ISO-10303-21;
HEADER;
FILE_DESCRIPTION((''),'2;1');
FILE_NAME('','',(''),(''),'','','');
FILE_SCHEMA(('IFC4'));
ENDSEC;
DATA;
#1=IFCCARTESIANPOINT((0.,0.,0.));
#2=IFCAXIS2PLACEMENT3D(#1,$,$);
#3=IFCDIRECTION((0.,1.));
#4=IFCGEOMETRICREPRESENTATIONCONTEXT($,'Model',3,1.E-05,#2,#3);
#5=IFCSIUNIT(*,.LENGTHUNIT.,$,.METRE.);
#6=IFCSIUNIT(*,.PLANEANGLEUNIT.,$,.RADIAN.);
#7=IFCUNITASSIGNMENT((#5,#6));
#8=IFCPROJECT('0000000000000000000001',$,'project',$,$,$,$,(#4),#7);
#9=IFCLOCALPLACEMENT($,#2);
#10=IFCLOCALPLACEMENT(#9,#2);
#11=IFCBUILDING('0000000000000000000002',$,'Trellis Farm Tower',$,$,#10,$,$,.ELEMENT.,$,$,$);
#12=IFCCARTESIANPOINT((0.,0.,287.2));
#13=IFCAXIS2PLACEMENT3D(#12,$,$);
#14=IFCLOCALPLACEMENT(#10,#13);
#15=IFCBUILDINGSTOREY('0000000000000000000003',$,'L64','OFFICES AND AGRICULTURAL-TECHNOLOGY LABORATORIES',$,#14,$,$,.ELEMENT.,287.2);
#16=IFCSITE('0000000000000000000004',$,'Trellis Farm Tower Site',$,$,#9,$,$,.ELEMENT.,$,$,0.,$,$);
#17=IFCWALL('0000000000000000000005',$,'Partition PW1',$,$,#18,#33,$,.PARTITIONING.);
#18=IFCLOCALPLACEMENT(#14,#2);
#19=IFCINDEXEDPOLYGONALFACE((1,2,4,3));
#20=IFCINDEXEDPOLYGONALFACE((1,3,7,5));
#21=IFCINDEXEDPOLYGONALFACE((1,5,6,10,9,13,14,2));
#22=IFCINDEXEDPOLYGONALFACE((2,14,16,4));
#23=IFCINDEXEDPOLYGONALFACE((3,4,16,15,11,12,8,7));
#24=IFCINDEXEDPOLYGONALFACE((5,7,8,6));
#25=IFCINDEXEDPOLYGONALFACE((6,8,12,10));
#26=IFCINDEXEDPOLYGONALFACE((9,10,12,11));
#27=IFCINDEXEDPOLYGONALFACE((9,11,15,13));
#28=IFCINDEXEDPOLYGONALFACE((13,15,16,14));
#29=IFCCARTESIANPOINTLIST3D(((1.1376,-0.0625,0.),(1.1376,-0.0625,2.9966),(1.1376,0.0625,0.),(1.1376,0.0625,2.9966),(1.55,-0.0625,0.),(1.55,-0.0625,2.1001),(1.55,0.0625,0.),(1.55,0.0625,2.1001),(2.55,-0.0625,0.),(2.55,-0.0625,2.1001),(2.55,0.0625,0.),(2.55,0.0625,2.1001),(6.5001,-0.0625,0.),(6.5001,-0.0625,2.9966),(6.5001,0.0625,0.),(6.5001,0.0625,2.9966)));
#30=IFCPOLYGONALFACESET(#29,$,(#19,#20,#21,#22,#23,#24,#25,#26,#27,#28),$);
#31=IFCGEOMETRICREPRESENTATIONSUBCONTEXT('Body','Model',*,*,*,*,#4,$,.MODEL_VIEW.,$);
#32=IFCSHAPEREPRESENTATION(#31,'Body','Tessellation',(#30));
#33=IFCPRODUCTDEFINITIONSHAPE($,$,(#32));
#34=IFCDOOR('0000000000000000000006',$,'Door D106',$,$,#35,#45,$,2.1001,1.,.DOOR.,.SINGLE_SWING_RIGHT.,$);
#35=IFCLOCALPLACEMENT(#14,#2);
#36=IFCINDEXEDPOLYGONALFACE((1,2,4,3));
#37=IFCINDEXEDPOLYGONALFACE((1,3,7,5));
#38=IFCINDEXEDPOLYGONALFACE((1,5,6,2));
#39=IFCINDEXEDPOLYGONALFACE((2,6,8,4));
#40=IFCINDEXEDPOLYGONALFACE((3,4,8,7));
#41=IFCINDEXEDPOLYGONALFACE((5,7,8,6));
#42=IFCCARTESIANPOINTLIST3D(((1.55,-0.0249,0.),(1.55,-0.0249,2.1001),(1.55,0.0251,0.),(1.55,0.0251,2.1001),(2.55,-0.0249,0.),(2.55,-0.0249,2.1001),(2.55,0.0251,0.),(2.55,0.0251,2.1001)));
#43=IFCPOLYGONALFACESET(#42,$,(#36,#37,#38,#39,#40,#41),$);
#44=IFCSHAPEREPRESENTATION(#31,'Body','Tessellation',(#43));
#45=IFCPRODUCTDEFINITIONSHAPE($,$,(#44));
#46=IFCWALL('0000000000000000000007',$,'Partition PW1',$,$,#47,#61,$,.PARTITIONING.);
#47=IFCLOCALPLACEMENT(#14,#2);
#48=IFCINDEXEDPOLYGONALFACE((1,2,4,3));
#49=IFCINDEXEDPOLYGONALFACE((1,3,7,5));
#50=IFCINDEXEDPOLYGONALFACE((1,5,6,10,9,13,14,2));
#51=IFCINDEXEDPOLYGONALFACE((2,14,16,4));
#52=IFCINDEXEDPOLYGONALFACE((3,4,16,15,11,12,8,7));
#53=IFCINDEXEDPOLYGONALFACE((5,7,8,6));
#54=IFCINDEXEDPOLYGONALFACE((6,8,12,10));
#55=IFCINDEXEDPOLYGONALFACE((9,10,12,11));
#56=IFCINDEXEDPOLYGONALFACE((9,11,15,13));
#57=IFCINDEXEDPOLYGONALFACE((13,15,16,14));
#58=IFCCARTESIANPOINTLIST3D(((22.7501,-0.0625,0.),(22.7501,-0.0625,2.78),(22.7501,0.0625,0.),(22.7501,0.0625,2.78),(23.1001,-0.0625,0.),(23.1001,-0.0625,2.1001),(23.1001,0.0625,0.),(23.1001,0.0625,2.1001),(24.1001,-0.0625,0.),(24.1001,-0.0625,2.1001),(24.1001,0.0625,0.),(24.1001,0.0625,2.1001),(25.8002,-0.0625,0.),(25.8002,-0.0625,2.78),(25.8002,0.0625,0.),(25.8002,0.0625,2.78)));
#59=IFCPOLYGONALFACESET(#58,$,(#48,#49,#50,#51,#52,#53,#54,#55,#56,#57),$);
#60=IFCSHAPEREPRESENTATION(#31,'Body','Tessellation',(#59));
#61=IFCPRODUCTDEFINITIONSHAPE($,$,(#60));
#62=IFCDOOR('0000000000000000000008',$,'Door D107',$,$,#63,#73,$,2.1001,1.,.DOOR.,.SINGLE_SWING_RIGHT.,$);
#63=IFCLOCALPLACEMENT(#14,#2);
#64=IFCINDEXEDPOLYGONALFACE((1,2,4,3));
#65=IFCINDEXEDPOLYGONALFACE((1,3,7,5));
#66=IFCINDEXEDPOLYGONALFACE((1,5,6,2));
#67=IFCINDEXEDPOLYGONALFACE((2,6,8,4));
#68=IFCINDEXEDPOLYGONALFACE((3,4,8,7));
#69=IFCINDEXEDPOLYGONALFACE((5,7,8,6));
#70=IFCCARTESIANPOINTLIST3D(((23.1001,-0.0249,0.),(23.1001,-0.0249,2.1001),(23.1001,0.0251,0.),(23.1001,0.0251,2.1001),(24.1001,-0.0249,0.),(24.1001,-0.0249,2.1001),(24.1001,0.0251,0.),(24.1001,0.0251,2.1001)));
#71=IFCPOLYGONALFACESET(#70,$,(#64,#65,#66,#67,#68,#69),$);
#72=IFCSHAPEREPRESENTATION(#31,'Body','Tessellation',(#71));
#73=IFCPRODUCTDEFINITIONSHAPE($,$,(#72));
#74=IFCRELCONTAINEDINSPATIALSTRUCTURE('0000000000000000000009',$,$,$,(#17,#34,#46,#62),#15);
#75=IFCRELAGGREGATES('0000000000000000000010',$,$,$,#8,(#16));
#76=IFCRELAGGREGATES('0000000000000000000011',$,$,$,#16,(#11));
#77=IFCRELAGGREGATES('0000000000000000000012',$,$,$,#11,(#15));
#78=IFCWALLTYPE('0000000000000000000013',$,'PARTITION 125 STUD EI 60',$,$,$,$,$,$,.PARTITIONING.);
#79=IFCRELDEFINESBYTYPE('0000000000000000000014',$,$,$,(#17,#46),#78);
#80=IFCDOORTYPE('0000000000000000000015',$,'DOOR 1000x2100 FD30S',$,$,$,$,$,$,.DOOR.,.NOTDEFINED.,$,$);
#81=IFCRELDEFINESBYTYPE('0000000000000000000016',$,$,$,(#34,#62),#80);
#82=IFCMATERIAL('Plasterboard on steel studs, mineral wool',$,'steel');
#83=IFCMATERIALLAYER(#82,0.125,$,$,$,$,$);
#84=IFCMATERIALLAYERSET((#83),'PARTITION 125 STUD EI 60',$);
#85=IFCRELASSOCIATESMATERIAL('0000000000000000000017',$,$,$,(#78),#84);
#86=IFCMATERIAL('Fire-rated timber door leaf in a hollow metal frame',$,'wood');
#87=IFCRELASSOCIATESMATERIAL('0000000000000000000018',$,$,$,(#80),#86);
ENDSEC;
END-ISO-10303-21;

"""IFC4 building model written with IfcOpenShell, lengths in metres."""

from ifc_helpers import new_model, si_unit, direction, frame, frame_2d, origin, place, context, subcontext, project, spatial, rectangle, extrude, source, transform, mapped, material, layer, layer_set, type_object, element, fill, save


model = new_model("IFC4")

# Units and contexts
model_context = context("Model", 3, precision=1e-05, world=origin(), true_north=direction((0.0, 1.0)))
body_context = subcontext(model_context, "Body", "Model", "MODEL_VIEW")
ifc_project = project(units=[si_unit("LENGTHUNIT", "METRE"), si_unit("PLANEANGLEUNIT", "RADIAN")], contexts=[model_context])

# Site, building, storey
site_placement = place(None, origin())
site = spatial("IfcSite", under=ifc_project, at=site_placement, Name="Trellis Farm Tower Site", CompositionType="ELEMENT", RefElevation=0.0)
building_placement = place(site_placement, origin())
building = spatial("IfcBuilding", under=site, at=building_placement, Name="Trellis Farm Tower", CompositionType="ELEMENT")
storey_placement = place(building_placement, frame((0.0, 0.0, 287.2)))
storey = spatial("IfcBuildingStorey", under=building, at=storey_placement, Name="L64", Description="OFFICES AND AGRICULTURAL-TECHNOLOGY LABORATORIES", CompositionType="ELEMENT", Elevation=287.2)

# Walls, openings, doors
ifc_material_1 = material(Name="Plasterboard on steel studs, mineral wool", Category="steel")
ifc_layer_1 = layer(ifc_material_1, 0.125)
ifc_layer_set_1 = layer_set([ifc_layer_1], Name="PARTITION 125 STUD EI 60")
wall_type_1 = type_object("IfcWallType", Name="PARTITION 125 STUD EI 60", PredefinedType="PARTITIONING", material=ifc_layer_set_1)
shared_shape_1 = source(origin(), body_context, "Body", "SweptSolid", [
    extrude(rectangle(XDim=5.3625, YDim=0.125, at=frame_2d((2.6812, 0.0))), origin(), (0.0, 0.0, 1.0), 2.9966),
])
wall_1_placement = place(storey_placement, frame((6.5, 0.0, 0.0), z_axis=(0.0, 0.0, 1.0), x_axis=(-1.0, 0.0, 0.0)))
wall_1 = element("IfcWall", 1, at=wall_1_placement, inside=storey, type_object=wall_type_1, Name="Partition PW1", PredefinedType="PARTITIONING", context=body_context, shape_type="MappedRepresentation", body=[
    mapped(shared_shape_1, transform((0.0, 0.0, 0.0))),
])
shared_shape_2 = source(origin(), body_context, "Body", "SweptSolid", [
    extrude(rectangle(XDim=1.0, YDim=2.1001, at=frame_2d((0.5, 1.05))), frame((0.0, 0.0725, 0.0), z_axis=(0.0, -1.0, 0.0), x_axis=(1.0, 0.0, 0.0)), (0.0, 0.0, 1.0), 0.145),
])
opening_1_placement = place(wall_1_placement, frame((3.95, 0.0, 0.0)))
opening_1 = element("IfcOpeningElement", 2, at=opening_1_placement, cuts=wall_1, PredefinedType="OPENING", context=body_context, shape_type="MappedRepresentation", body=[
    mapped(shared_shape_2, transform((0.0, 0.0, 0.0))),
])
ifc_material_2 = material(Name="Fire-rated timber door leaf in a hollow metal frame", Category="wood")
door_type_1 = type_object("IfcDoorType", Name="DOOR 1000x2100 FD30S", OperationType="NOTDEFINED", PredefinedType="DOOR", material=ifc_material_2)
shared_shape_3 = source(origin(), body_context, "Body", "SweptSolid", [
    extrude(rectangle(XDim=1.0, YDim=2.1001, at=frame_2d((0.5, 1.05))), frame((0.0, 0.0249, 0.0), z_axis=(0.0, -1.0, 0.0), x_axis=(1.0, 0.0, 0.0)), (0.0, 0.0, 1.0), 0.05),
])
door_1_placement = place(opening_1_placement, origin())
door_1 = element("IfcDoor", 3, at=door_1_placement, inside=storey, type_object=door_type_1, Name="Door D106", OperationType="SINGLE_SWING_RIGHT", OverallHeight=2.1001, OverallWidth=1.0, PredefinedType="DOOR", context=body_context, shape_type="MappedRepresentation", body=[
    mapped(shared_shape_3, transform((0.0, 0.0, 0.0))),
])
fill(opening_1, door_1)
shared_shape_4 = source(origin(), body_context, "Body", "SweptSolid", [
    extrude(rectangle(XDim=3.05, YDim=0.125, at=frame_2d((1.5249, 0.0))), origin(), (0.0, 0.0, 1.0), 2.78),
])
wall_2_placement = place(storey_placement, frame((25.8, 0.0, 0.0), z_axis=(0.0, 0.0, 1.0), x_axis=(-1.0, 0.0, 0.0)))
wall_2 = element("IfcWall", 4, at=wall_2_placement, inside=storey, type_object=wall_type_1, Name="Partition PW1", PredefinedType="PARTITIONING", context=body_context, shape_type="MappedRepresentation", body=[
    mapped(shared_shape_4, transform((0.0, 0.0, 0.0))),
])
opening_2_placement = place(wall_2_placement, frame((1.7, 0.0, 0.0)))
opening_2 = element("IfcOpeningElement", 5, at=opening_2_placement, cuts=wall_2, PredefinedType="OPENING", context=body_context, shape_type="MappedRepresentation", body=[
    mapped(shared_shape_2, transform((0.0, 0.0, 0.0))),
])
door_2_placement = place(opening_2_placement, origin())
door_2 = element("IfcDoor", 6, at=door_2_placement, inside=storey, type_object=door_type_1, Name="Door D107", OperationType="SINGLE_SWING_RIGHT", OverallHeight=2.1001, OverallWidth=1.0, PredefinedType="DOOR", context=body_context, shape_type="MappedRepresentation", body=[
    mapped(shared_shape_3, transform((0.0, 0.0, 0.0))),
])
fill(opening_2, door_2)

save(model, "model.ifc")
